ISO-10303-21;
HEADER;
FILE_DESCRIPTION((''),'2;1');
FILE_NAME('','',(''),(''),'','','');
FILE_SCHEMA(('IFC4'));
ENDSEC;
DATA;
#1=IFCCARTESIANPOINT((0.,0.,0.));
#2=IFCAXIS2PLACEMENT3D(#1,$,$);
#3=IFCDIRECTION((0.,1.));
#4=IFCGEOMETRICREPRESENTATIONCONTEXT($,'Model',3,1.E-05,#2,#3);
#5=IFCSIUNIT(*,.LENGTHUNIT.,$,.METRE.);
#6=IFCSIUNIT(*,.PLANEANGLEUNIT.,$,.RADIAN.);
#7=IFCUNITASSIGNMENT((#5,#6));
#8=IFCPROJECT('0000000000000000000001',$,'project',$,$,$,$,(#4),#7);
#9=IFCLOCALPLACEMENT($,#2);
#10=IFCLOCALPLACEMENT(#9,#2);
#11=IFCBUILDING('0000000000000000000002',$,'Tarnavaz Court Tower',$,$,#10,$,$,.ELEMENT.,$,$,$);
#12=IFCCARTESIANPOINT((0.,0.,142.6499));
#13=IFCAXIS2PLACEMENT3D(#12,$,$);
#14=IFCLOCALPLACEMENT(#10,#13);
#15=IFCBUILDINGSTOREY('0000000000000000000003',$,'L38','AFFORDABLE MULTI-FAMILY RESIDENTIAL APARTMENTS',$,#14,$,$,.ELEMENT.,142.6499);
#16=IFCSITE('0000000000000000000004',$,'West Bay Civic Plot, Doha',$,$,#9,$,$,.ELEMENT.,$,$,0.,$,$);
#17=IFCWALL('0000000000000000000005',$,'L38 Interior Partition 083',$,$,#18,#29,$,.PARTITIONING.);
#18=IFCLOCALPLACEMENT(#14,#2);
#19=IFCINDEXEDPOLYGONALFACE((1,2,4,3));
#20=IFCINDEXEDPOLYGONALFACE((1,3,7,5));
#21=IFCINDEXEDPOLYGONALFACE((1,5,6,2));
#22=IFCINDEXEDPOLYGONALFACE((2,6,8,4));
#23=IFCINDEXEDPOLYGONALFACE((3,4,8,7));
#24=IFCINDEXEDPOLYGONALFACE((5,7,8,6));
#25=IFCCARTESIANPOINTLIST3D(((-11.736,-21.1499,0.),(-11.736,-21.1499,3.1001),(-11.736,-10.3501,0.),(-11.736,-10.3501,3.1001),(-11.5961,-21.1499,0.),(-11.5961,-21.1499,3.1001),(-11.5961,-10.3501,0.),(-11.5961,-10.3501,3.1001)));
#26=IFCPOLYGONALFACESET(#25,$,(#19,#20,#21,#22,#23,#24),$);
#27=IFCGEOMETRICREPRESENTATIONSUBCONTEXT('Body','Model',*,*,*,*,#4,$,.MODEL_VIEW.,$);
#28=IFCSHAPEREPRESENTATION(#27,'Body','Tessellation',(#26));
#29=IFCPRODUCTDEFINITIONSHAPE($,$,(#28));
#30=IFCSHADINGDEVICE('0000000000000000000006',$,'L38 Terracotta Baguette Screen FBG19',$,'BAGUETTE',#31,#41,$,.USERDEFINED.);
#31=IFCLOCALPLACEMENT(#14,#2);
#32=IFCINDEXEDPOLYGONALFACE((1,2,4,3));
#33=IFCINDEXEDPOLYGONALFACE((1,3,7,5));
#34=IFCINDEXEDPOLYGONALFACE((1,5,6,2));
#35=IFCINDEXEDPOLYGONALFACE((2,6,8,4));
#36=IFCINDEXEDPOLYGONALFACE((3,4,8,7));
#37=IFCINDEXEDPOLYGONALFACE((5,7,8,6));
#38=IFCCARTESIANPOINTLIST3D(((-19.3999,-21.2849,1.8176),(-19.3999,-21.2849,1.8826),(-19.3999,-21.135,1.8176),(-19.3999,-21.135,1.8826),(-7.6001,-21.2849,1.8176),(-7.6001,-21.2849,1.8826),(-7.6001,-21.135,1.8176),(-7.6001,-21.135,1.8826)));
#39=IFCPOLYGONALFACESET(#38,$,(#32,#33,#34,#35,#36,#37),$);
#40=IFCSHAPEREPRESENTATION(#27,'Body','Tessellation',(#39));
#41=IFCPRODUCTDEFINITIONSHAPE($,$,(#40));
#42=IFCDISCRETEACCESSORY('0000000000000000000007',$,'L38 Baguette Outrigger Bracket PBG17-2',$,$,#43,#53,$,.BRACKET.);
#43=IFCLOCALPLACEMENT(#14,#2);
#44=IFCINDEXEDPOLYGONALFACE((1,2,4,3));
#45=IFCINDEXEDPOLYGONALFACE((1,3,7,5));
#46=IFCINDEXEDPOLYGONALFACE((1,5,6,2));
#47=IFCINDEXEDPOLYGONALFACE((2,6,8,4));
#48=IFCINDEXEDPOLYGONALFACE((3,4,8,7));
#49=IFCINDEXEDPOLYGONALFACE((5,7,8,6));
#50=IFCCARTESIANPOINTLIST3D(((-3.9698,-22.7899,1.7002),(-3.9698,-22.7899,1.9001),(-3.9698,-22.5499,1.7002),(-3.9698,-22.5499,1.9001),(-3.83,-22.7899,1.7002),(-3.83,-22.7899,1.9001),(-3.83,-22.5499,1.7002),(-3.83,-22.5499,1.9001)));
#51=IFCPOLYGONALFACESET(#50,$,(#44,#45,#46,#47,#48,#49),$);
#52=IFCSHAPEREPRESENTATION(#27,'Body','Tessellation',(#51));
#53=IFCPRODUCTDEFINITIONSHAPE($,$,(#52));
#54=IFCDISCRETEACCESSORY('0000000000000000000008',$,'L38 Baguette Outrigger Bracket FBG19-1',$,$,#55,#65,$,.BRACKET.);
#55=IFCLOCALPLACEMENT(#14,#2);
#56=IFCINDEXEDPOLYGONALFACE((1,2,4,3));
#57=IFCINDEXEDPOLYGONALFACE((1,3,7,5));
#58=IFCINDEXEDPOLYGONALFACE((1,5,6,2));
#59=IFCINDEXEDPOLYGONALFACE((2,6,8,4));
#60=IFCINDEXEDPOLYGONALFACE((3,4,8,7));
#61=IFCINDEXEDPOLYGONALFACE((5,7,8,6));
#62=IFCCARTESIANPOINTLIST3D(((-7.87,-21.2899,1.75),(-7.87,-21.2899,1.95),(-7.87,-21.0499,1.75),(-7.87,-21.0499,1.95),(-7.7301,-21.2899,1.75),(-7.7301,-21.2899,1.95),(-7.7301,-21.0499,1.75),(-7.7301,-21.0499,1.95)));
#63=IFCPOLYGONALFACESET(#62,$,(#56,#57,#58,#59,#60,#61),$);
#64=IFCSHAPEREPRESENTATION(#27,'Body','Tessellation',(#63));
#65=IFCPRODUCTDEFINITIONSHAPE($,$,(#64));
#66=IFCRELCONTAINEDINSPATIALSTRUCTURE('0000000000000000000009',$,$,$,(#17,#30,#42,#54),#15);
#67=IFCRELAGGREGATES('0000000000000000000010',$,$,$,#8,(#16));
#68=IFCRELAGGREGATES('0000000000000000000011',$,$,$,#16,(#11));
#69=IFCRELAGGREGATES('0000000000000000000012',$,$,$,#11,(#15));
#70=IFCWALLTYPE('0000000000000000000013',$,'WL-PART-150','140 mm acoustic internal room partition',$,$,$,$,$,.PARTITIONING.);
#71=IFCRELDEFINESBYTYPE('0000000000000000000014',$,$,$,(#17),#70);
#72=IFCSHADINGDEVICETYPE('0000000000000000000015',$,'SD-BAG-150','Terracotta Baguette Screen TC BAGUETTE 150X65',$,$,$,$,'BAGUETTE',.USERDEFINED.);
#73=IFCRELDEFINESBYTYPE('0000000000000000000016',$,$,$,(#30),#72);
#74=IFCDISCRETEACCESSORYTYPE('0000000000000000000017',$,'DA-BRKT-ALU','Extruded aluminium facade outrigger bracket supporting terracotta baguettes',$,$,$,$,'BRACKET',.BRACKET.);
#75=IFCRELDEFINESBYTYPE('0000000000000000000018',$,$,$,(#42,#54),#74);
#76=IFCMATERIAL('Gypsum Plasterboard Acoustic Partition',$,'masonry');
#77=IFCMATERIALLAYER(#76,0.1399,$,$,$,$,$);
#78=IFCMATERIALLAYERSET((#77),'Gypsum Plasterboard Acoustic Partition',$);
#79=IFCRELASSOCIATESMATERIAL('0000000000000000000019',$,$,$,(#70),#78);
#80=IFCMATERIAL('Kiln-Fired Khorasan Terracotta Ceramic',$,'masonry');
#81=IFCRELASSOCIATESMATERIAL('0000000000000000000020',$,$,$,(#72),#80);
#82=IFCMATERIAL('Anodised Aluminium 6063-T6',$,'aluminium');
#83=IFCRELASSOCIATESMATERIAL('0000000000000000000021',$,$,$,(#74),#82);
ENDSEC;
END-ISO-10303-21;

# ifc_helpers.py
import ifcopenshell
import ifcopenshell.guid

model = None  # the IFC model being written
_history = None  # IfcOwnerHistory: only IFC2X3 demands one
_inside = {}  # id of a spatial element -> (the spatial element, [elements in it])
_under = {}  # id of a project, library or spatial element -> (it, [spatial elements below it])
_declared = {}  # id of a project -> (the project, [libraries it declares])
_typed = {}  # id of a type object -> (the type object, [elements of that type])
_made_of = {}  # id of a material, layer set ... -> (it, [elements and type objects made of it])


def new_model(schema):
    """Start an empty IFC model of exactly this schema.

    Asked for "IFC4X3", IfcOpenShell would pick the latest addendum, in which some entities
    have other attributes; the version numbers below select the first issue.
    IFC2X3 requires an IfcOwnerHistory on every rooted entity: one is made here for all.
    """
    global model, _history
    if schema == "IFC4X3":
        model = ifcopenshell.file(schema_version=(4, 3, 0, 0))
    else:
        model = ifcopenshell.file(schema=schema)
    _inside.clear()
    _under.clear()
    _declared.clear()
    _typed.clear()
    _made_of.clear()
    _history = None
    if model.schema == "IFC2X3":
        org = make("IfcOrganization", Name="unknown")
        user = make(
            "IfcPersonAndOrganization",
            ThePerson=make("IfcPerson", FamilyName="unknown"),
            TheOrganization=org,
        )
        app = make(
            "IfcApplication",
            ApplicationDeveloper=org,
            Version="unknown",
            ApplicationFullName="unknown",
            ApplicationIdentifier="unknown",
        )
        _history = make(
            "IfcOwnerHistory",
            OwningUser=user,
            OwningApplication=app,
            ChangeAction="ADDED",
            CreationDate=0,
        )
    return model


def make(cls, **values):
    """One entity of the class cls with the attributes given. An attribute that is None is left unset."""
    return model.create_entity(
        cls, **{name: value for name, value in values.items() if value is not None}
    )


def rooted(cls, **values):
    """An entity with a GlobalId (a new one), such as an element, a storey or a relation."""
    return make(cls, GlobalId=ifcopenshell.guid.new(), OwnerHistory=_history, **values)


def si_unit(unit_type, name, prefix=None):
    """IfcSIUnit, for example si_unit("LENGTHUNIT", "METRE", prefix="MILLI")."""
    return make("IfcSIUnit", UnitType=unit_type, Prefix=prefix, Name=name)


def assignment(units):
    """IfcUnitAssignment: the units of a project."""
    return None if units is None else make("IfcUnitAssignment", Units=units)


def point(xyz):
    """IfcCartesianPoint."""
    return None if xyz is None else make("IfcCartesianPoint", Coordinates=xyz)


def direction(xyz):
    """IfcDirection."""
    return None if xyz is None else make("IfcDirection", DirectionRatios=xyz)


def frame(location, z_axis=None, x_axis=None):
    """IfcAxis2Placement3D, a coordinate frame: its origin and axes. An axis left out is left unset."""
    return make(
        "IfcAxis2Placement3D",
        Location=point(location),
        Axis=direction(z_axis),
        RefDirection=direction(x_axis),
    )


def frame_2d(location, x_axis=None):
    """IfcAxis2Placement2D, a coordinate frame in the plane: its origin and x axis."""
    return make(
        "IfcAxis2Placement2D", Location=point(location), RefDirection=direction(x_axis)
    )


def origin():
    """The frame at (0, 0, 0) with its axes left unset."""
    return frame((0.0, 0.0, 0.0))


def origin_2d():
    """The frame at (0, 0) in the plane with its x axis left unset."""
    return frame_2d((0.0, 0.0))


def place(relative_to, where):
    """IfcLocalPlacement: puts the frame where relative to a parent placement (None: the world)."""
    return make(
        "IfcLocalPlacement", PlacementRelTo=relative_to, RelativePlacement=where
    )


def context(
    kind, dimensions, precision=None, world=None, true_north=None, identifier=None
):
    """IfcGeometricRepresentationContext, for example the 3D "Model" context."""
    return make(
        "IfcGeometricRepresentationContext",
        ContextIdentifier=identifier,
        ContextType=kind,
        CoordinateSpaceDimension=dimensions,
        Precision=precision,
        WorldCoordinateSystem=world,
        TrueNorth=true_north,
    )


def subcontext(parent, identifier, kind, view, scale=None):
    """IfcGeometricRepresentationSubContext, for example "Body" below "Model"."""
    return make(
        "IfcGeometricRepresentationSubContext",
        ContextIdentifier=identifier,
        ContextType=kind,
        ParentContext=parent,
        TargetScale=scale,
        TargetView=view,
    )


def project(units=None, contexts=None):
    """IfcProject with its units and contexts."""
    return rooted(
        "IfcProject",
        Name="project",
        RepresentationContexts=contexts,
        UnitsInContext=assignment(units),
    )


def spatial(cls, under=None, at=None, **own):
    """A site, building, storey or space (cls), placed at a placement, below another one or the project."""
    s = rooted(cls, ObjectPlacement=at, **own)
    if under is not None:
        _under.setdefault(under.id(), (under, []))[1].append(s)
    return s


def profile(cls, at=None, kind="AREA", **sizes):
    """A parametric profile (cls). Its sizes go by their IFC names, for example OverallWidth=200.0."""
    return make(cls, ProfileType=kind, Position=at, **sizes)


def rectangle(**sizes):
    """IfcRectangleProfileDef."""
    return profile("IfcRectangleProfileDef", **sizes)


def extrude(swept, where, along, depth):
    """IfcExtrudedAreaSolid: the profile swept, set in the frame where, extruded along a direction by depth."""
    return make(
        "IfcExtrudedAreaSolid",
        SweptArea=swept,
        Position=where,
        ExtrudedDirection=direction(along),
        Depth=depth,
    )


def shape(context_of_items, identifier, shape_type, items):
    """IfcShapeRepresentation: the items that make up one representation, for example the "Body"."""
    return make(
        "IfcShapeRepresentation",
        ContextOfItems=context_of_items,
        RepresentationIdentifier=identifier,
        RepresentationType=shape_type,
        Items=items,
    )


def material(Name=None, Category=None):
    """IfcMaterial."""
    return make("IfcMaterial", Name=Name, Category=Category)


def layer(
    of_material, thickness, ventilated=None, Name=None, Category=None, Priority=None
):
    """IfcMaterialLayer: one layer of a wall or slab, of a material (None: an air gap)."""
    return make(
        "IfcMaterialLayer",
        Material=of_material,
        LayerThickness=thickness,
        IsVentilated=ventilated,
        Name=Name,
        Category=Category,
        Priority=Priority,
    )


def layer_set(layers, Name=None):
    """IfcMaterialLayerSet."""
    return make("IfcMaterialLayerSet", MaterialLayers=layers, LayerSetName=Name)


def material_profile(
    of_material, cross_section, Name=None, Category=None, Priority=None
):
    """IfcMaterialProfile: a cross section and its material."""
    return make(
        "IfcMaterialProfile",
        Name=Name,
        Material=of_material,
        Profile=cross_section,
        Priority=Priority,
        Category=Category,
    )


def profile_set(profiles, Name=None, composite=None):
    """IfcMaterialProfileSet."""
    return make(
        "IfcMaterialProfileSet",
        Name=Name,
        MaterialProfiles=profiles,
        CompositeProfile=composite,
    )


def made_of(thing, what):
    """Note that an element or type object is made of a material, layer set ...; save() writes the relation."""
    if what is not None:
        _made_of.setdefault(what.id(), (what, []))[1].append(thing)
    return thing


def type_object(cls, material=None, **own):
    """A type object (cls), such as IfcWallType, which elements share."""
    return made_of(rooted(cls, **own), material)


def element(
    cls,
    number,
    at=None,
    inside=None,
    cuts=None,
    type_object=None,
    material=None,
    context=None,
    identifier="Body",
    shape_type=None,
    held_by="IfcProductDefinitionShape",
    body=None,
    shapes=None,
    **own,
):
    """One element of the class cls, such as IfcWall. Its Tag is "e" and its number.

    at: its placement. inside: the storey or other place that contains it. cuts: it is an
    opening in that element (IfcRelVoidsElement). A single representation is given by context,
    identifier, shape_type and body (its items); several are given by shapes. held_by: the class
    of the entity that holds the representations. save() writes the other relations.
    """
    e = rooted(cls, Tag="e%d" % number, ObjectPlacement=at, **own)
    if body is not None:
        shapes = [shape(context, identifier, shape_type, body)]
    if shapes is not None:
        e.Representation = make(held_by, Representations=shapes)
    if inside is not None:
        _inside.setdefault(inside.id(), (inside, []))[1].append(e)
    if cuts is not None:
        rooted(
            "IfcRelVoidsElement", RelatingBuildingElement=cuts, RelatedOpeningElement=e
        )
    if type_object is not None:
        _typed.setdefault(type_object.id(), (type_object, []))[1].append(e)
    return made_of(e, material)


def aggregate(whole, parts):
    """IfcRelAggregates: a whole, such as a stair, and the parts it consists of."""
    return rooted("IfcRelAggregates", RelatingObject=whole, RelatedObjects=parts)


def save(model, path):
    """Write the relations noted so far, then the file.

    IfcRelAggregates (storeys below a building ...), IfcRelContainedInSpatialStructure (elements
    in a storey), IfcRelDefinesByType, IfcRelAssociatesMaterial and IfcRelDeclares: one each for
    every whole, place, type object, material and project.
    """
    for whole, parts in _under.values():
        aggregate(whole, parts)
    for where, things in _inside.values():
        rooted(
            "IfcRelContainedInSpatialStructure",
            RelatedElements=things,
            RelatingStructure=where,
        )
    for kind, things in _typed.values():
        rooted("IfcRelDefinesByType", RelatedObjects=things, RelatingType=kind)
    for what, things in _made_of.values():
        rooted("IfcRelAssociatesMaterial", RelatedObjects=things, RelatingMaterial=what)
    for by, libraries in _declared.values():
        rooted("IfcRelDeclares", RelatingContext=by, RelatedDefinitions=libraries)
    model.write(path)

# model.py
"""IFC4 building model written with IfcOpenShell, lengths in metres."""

from ifc_helpers import new_model, si_unit, direction, frame, frame_2d, origin, origin_2d, place, context, subcontext, project, spatial, rectangle, extrude, material, layer, layer_set, material_profile, profile_set, type_object, element, save


model = new_model("IFC4")

# Units and contexts
model_context = context("Model", 3, precision=1e-05, world=origin(), true_north=direction((0.0, 1.0)))
body_context = subcontext(model_context, "Body", "Model", "MODEL_VIEW")
ifc_project = project(units=[si_unit("LENGTHUNIT", "METRE"), si_unit("PLANEANGLEUNIT", "RADIAN")], contexts=[model_context])

# Site, building, storey
site_placement = place(None, origin())
site = spatial("IfcSite", under=ifc_project, at=site_placement, Name="West Bay Civic Plot, Doha", CompositionType="ELEMENT", RefElevation=0.0)
building_placement = place(site_placement, origin())
building = spatial("IfcBuilding", under=site, at=building_placement, Name="Tarnavaz Court Tower", CompositionType="ELEMENT")
storey_placement = place(building_placement, frame((0.0, 0.0, 142.6499)))
storey = spatial("IfcBuildingStorey", under=building, at=storey_placement, Name="L38", Description="AFFORDABLE MULTI-FAMILY RESIDENTIAL APARTMENTS", CompositionType="ELEMENT", Elevation=142.6499)

# Shared definitions
ifc_material_1 = material(Name="Anodised Aluminium 6063-T6", Category="aluminium")

# Wall
ifc_material_2 = material(Name="Gypsum Plasterboard Acoustic Partition", Category="masonry")
ifc_layer_1 = layer(ifc_material_2, 0.1399)
ifc_layer_set_1 = layer_set([ifc_layer_1], Name="Gypsum Plasterboard Acoustic Partition")
wall_type_1 = type_object("IfcWallType", Name="WL-PART-150", Description="140 mm acoustic internal room partition", PredefinedType="PARTITIONING", material=ifc_layer_set_1)
wall_1_placement = place(storey_placement, frame((-11.666, -21.1499, 0.0), z_axis=(0.0, 0.0, 1.0), x_axis=(0.0, 1.0, 0.0)))
element("IfcWall", 1, at=wall_1_placement, inside=storey, type_object=wall_type_1, Name="L38 Interior Partition 083", PredefinedType="PARTITIONING", context=body_context, shape_type="SweptSolid", body=[
    extrude(rectangle(XDim=10.7998, YDim=0.1399, at=frame_2d((5.3999, 0.0))), origin(), (0.0, 0.0, 1.0), 3.1001),
])

# Shading device
ifc_material_3 = material(Name="Kiln-Fired Khorasan Terracotta Ceramic", Category="masonry")
ifc_material_profile_1 = material_profile(ifc_material_3, rectangle(XDim=0.1499, YDim=0.0649, at=origin_2d()), Name="TC BAGUETTE 150X65")
ifc_profile_set_1 = profile_set([ifc_material_profile_1], Name="Kiln-Fired Khorasan Terracotta Ceramic")
shading_device_type = type_object("IfcShadingDeviceType", Name="SD-BAG-150", Description="Terracotta Baguette Screen TC BAGUETTE 150X65", ElementType="BAGUETTE", PredefinedType="USERDEFINED", material=ifc_profile_set_1)
shading_device_placement = place(storey_placement, frame((-7.6001, -21.21, 1.8501), z_axis=(-1.0, 0.0, 0.0), x_axis=(0.0, -1.0, 0.0)))
element("IfcShadingDevice", 2, at=shading_device_placement, inside=storey, type_object=shading_device_type, Name="L38 Terracotta Baguette Screen FBG19", ObjectType="BAGUETTE", PredefinedType="USERDEFINED", context=body_context, shape_type="SweptSolid", body=[
    extrude(rectangle(XDim=0.1499, YDim=0.0649, at=origin_2d()), origin(), (0.0, 0.0, 1.0), 11.7998),
])

# Discrete accessories
discrete_accessory_type = type_object("IfcDiscreteAccessoryType", Name="DA-BRKT-ALU", Description="Extruded aluminium facade outrigger bracket supporting terracotta baguettes", ElementType="BRACKET", PredefinedType="BRACKET", material=ifc_material_1)
for number, where, z_axis, x_axis, name in (
    (3, (-3.8999, -22.6699, 1.7002), (0.0, 0.0, 1.0), (-1.0, 0.0, 0.0), "L38 Baguette Outrigger Bracket PBG17-2"),
    (4, (-7.8, -21.1699, 1.75), (0.0, 0.0, 1.0), (-1.0, 0.0, 0.0), "L38 Baguette Outrigger Bracket FBG19-1"),
):
    element("IfcDiscreteAccessory", number, at=place(storey_placement, frame(where, z_axis=z_axis, x_axis=x_axis)), inside=storey, type_object=discrete_accessory_type, Name=name, PredefinedType="BRACKET", context=body_context, shape_type="SweptSolid", body=[
        extrude(rectangle(XDim=0.1399, YDim=0.24, at=origin_2d()), origin(), (0.0, 0.0, 1.0), 0.2),
    ])

save(model, "model.ifc")
